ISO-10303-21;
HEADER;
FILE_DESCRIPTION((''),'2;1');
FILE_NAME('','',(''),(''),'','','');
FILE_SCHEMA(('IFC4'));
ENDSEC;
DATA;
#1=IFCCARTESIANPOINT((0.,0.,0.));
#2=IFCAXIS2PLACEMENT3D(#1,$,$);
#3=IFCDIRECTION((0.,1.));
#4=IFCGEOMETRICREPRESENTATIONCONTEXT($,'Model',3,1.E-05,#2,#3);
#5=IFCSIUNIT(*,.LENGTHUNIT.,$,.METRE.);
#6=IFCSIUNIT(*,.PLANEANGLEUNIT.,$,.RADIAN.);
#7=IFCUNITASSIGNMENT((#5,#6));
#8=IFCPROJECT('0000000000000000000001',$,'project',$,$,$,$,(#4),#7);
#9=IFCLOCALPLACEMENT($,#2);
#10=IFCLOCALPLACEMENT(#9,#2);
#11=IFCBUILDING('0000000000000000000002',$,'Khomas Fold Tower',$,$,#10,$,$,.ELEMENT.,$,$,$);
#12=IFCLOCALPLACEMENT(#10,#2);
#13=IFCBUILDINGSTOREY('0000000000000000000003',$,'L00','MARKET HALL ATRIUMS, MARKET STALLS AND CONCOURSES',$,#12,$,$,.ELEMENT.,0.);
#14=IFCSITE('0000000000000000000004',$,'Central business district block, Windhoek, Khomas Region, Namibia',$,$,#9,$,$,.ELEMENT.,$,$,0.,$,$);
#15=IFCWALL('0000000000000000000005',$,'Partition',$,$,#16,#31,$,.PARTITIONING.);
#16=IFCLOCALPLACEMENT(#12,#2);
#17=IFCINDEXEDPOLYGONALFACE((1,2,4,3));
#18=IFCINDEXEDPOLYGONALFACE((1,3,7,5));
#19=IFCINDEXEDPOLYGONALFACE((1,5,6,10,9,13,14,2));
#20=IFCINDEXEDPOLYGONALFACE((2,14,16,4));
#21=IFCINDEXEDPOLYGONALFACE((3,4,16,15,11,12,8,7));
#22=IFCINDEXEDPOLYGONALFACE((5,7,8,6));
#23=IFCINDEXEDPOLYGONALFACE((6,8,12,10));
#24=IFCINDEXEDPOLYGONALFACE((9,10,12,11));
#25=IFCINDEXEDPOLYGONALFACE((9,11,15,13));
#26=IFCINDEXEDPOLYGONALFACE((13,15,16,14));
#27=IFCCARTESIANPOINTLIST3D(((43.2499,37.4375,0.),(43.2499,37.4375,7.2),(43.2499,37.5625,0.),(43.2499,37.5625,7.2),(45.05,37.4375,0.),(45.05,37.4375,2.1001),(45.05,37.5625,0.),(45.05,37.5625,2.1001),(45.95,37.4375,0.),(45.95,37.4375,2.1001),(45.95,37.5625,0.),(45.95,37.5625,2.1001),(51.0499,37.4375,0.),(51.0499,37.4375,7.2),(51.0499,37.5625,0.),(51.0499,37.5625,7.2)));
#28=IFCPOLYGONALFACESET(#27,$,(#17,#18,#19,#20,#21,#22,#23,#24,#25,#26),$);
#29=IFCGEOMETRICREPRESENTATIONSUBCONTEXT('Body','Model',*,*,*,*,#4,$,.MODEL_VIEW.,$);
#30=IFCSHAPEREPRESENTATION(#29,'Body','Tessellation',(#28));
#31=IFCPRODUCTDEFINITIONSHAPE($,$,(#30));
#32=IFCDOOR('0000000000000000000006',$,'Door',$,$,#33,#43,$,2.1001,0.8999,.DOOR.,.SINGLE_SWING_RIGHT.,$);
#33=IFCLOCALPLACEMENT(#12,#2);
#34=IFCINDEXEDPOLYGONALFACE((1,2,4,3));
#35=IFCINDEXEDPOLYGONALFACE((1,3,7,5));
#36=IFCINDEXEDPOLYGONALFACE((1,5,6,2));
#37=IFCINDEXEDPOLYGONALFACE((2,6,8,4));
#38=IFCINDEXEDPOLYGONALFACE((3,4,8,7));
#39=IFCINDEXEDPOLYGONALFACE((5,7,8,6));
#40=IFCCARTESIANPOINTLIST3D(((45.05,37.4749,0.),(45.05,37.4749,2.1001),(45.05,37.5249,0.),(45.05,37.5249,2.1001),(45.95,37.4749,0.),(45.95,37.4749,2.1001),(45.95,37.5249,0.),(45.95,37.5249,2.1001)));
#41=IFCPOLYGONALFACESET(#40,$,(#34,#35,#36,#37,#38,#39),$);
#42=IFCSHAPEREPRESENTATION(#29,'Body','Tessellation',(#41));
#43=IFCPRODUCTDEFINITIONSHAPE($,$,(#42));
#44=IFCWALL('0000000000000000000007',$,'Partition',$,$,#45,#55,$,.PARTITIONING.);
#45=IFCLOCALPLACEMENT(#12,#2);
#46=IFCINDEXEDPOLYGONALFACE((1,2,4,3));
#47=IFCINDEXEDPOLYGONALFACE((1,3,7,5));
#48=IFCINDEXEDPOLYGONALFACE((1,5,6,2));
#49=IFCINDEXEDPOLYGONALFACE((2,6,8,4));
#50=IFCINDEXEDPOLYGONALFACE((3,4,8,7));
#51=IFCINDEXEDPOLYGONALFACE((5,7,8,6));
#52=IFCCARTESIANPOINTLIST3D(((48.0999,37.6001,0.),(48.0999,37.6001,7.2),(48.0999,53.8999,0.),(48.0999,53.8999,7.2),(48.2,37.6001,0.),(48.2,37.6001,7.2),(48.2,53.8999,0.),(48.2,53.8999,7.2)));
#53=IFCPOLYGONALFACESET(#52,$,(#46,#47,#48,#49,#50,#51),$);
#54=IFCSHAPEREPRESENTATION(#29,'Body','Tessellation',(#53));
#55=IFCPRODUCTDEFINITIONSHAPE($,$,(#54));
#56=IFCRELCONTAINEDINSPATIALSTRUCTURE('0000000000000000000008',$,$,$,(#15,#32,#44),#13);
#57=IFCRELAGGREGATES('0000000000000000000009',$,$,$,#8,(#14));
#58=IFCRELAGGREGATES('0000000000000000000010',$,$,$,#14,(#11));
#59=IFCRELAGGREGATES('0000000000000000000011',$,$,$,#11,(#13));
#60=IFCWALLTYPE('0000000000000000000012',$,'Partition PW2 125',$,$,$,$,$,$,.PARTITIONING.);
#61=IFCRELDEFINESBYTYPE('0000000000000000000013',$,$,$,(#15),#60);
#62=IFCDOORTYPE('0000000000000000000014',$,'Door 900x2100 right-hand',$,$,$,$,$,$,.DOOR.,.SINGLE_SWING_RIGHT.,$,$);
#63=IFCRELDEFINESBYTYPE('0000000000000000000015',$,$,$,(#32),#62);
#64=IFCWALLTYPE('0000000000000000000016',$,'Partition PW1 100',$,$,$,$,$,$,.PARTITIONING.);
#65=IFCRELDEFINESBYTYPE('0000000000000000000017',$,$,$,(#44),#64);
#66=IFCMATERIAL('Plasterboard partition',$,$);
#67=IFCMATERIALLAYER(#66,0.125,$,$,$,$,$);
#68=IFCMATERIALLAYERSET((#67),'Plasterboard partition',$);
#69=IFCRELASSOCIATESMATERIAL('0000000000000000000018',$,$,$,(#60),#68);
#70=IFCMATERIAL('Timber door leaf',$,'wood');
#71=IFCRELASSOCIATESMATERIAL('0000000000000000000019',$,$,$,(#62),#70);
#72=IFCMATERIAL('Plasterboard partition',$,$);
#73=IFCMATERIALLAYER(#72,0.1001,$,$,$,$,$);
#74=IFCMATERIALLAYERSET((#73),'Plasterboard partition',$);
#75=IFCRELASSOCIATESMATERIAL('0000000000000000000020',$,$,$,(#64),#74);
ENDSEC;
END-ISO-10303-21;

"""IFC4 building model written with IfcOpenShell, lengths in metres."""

from ifc_helpers import new_model, si_unit, direction, frame, frame_2d, origin, place, context, subcontext, project, spatial, rectangle, extrude, source, transform, mapped, material, layer, layer_set, type_object, element, fill, save


model = new_model("IFC4")

# Units and contexts
model_context = context("Model", 3, precision=1e-05, world=origin(), true_north=direction((0.0, 1.0)))
body_context = subcontext(model_context, "Body", "Model", "MODEL_VIEW")
ifc_project = project(units=[si_unit("LENGTHUNIT", "METRE"), si_unit("PLANEANGLEUNIT", "RADIAN")], contexts=[model_context])

# Site, building, storey
site_placement = place(None, origin())
site = spatial("IfcSite", under=ifc_project, at=site_placement, Name="Central business district block, Windhoek, Khomas Region, Namibia", CompositionType="ELEMENT", RefElevation=0.0)
building_placement = place(site_placement, origin())
building = spatial("IfcBuilding", under=site, at=building_placement, Name="Khomas Fold Tower", CompositionType="ELEMENT")
storey_placement = place(building_placement, origin())
storey = spatial("IfcBuildingStorey", under=building, at=storey_placement, Name="L00", Description="MARKET HALL ATRIUMS, MARKET STALLS AND CONCOURSES", CompositionType="ELEMENT", Elevation=0.0)

# Wall, opening, door
ifc_material_1 = material(Name="Plasterboard partition")
ifc_layer_1 = layer(ifc_material_1, 0.125)
ifc_layer_set_1 = layer_set([ifc_layer_1], Name="Plasterboard partition")
wall_type_1 = type_object("IfcWallType", Name="Partition PW2 125", PredefinedType="PARTITIONING", material=ifc_layer_set_1)
shared_shape_1 = source(origin(), body_context, "Body", "SweptSolid", [
    extrude(rectangle(XDim=7.8, YDim=0.125, at=frame_2d((3.8999, 0.0))), origin(), (0.0, 0.0, 1.0), 7.2),
])
wall_1_placement = place(storey_placement, frame((43.25, 37.5, 0.0), z_axis=(0.0, 0.0, 1.0), x_axis=(1.0, 0.0, 0.0)))
wall_1 = element("IfcWall", 1, at=wall_1_placement, inside=storey, type_object=wall_type_1, Name="Partition", PredefinedType="PARTITIONING", context=body_context, shape_type="MappedRepresentation", body=[
    mapped(shared_shape_1, transform((0.0, 0.0, 0.0))),
])
shared_shape_2 = source(origin(), body_context, "Body", "SweptSolid", [
    extrude(rectangle(XDim=0.8999, YDim=2.1001, at=frame_2d((0.45, 1.05))), frame((0.0, 0.0725, 0.0), z_axis=(0.0, -1.0, 0.0), x_axis=(1.0, 0.0, 0.0)), (0.0, 0.0, 1.0), 0.145),
])
opening_placement = place(wall_1_placement, frame((1.8, 0.0, 0.0)))
opening = element("IfcOpeningElement", 2, at=opening_placement, cuts=wall_1, PredefinedType="OPENING", context=body_context, shape_type="MappedRepresentation", body=[
    mapped(shared_shape_2, transform((0.0, 0.0, 0.0))),
])
ifc_material_2 = material(Name="Timber door leaf", Category="wood")
door_type = type_object("IfcDoorType", Name="Door 900x2100 right-hand", OperationType="SINGLE_SWING_RIGHT", PredefinedType="DOOR", material=ifc_material_2)
shared_shape_3 = source(origin(), body_context, "Body", "SweptSolid", [
    extrude(rectangle(XDim=0.8999, YDim=2.1001, at=frame_2d((0.45, 1.05))), frame((0.0, 0.0249, 0.0), z_axis=(0.0, -1.0, 0.0), x_axis=(1.0, 0.0, 0.0)), (0.0, 0.0, 1.0), 0.05),
])
door_placement = place(opening_placement, origin())
door = element("IfcDoor", 3, at=door_placement, inside=storey, type_object=door_type, Name="Door", OperationType="SINGLE_SWING_RIGHT", OverallHeight=2.1001, OverallWidth=0.8999, PredefinedType="DOOR", context=body_context, shape_type="MappedRepresentation", body=[
    mapped(shared_shape_3, transform((0.0, 0.0, 0.0))),
])
fill(opening, door)

# Wall
ifc_material_3 = material(Name="Plasterboard partition")
ifc_layer_2 = layer(ifc_material_3, 0.1001)
ifc_layer_set_2 = layer_set([ifc_layer_2], Name="Plasterboard partition")
wall_type_2 = type_object("IfcWallType", Name="Partition PW1 100", PredefinedType="PARTITIONING", material=ifc_layer_set_2)
shared_shape_4 = source(origin(), body_context, "Body", "SweptSolid", [
    extrude(rectangle(XDim=16.2998, YDim=0.1001, at=frame_2d((8.1499, 0.0))), origin(), (0.0, 0.0, 1.0), 7.2),
])
wall_2_placement = place(storey_placement, frame((48.1499, 37.6001, 0.0), z_axis=(0.0, 0.0, 1.0), x_axis=(0.0, 1.0, 0.0)))
element("IfcWall", 4, at=wall_2_placement, inside=storey, type_object=wall_type_2, Name="Partition", PredefinedType="PARTITIONING", context=body_context, shape_type="MappedRepresentation", body=[
    mapped(shared_shape_4, transform((0.0, 0.0, 0.0))),
])

save(model, "model.ifc")
